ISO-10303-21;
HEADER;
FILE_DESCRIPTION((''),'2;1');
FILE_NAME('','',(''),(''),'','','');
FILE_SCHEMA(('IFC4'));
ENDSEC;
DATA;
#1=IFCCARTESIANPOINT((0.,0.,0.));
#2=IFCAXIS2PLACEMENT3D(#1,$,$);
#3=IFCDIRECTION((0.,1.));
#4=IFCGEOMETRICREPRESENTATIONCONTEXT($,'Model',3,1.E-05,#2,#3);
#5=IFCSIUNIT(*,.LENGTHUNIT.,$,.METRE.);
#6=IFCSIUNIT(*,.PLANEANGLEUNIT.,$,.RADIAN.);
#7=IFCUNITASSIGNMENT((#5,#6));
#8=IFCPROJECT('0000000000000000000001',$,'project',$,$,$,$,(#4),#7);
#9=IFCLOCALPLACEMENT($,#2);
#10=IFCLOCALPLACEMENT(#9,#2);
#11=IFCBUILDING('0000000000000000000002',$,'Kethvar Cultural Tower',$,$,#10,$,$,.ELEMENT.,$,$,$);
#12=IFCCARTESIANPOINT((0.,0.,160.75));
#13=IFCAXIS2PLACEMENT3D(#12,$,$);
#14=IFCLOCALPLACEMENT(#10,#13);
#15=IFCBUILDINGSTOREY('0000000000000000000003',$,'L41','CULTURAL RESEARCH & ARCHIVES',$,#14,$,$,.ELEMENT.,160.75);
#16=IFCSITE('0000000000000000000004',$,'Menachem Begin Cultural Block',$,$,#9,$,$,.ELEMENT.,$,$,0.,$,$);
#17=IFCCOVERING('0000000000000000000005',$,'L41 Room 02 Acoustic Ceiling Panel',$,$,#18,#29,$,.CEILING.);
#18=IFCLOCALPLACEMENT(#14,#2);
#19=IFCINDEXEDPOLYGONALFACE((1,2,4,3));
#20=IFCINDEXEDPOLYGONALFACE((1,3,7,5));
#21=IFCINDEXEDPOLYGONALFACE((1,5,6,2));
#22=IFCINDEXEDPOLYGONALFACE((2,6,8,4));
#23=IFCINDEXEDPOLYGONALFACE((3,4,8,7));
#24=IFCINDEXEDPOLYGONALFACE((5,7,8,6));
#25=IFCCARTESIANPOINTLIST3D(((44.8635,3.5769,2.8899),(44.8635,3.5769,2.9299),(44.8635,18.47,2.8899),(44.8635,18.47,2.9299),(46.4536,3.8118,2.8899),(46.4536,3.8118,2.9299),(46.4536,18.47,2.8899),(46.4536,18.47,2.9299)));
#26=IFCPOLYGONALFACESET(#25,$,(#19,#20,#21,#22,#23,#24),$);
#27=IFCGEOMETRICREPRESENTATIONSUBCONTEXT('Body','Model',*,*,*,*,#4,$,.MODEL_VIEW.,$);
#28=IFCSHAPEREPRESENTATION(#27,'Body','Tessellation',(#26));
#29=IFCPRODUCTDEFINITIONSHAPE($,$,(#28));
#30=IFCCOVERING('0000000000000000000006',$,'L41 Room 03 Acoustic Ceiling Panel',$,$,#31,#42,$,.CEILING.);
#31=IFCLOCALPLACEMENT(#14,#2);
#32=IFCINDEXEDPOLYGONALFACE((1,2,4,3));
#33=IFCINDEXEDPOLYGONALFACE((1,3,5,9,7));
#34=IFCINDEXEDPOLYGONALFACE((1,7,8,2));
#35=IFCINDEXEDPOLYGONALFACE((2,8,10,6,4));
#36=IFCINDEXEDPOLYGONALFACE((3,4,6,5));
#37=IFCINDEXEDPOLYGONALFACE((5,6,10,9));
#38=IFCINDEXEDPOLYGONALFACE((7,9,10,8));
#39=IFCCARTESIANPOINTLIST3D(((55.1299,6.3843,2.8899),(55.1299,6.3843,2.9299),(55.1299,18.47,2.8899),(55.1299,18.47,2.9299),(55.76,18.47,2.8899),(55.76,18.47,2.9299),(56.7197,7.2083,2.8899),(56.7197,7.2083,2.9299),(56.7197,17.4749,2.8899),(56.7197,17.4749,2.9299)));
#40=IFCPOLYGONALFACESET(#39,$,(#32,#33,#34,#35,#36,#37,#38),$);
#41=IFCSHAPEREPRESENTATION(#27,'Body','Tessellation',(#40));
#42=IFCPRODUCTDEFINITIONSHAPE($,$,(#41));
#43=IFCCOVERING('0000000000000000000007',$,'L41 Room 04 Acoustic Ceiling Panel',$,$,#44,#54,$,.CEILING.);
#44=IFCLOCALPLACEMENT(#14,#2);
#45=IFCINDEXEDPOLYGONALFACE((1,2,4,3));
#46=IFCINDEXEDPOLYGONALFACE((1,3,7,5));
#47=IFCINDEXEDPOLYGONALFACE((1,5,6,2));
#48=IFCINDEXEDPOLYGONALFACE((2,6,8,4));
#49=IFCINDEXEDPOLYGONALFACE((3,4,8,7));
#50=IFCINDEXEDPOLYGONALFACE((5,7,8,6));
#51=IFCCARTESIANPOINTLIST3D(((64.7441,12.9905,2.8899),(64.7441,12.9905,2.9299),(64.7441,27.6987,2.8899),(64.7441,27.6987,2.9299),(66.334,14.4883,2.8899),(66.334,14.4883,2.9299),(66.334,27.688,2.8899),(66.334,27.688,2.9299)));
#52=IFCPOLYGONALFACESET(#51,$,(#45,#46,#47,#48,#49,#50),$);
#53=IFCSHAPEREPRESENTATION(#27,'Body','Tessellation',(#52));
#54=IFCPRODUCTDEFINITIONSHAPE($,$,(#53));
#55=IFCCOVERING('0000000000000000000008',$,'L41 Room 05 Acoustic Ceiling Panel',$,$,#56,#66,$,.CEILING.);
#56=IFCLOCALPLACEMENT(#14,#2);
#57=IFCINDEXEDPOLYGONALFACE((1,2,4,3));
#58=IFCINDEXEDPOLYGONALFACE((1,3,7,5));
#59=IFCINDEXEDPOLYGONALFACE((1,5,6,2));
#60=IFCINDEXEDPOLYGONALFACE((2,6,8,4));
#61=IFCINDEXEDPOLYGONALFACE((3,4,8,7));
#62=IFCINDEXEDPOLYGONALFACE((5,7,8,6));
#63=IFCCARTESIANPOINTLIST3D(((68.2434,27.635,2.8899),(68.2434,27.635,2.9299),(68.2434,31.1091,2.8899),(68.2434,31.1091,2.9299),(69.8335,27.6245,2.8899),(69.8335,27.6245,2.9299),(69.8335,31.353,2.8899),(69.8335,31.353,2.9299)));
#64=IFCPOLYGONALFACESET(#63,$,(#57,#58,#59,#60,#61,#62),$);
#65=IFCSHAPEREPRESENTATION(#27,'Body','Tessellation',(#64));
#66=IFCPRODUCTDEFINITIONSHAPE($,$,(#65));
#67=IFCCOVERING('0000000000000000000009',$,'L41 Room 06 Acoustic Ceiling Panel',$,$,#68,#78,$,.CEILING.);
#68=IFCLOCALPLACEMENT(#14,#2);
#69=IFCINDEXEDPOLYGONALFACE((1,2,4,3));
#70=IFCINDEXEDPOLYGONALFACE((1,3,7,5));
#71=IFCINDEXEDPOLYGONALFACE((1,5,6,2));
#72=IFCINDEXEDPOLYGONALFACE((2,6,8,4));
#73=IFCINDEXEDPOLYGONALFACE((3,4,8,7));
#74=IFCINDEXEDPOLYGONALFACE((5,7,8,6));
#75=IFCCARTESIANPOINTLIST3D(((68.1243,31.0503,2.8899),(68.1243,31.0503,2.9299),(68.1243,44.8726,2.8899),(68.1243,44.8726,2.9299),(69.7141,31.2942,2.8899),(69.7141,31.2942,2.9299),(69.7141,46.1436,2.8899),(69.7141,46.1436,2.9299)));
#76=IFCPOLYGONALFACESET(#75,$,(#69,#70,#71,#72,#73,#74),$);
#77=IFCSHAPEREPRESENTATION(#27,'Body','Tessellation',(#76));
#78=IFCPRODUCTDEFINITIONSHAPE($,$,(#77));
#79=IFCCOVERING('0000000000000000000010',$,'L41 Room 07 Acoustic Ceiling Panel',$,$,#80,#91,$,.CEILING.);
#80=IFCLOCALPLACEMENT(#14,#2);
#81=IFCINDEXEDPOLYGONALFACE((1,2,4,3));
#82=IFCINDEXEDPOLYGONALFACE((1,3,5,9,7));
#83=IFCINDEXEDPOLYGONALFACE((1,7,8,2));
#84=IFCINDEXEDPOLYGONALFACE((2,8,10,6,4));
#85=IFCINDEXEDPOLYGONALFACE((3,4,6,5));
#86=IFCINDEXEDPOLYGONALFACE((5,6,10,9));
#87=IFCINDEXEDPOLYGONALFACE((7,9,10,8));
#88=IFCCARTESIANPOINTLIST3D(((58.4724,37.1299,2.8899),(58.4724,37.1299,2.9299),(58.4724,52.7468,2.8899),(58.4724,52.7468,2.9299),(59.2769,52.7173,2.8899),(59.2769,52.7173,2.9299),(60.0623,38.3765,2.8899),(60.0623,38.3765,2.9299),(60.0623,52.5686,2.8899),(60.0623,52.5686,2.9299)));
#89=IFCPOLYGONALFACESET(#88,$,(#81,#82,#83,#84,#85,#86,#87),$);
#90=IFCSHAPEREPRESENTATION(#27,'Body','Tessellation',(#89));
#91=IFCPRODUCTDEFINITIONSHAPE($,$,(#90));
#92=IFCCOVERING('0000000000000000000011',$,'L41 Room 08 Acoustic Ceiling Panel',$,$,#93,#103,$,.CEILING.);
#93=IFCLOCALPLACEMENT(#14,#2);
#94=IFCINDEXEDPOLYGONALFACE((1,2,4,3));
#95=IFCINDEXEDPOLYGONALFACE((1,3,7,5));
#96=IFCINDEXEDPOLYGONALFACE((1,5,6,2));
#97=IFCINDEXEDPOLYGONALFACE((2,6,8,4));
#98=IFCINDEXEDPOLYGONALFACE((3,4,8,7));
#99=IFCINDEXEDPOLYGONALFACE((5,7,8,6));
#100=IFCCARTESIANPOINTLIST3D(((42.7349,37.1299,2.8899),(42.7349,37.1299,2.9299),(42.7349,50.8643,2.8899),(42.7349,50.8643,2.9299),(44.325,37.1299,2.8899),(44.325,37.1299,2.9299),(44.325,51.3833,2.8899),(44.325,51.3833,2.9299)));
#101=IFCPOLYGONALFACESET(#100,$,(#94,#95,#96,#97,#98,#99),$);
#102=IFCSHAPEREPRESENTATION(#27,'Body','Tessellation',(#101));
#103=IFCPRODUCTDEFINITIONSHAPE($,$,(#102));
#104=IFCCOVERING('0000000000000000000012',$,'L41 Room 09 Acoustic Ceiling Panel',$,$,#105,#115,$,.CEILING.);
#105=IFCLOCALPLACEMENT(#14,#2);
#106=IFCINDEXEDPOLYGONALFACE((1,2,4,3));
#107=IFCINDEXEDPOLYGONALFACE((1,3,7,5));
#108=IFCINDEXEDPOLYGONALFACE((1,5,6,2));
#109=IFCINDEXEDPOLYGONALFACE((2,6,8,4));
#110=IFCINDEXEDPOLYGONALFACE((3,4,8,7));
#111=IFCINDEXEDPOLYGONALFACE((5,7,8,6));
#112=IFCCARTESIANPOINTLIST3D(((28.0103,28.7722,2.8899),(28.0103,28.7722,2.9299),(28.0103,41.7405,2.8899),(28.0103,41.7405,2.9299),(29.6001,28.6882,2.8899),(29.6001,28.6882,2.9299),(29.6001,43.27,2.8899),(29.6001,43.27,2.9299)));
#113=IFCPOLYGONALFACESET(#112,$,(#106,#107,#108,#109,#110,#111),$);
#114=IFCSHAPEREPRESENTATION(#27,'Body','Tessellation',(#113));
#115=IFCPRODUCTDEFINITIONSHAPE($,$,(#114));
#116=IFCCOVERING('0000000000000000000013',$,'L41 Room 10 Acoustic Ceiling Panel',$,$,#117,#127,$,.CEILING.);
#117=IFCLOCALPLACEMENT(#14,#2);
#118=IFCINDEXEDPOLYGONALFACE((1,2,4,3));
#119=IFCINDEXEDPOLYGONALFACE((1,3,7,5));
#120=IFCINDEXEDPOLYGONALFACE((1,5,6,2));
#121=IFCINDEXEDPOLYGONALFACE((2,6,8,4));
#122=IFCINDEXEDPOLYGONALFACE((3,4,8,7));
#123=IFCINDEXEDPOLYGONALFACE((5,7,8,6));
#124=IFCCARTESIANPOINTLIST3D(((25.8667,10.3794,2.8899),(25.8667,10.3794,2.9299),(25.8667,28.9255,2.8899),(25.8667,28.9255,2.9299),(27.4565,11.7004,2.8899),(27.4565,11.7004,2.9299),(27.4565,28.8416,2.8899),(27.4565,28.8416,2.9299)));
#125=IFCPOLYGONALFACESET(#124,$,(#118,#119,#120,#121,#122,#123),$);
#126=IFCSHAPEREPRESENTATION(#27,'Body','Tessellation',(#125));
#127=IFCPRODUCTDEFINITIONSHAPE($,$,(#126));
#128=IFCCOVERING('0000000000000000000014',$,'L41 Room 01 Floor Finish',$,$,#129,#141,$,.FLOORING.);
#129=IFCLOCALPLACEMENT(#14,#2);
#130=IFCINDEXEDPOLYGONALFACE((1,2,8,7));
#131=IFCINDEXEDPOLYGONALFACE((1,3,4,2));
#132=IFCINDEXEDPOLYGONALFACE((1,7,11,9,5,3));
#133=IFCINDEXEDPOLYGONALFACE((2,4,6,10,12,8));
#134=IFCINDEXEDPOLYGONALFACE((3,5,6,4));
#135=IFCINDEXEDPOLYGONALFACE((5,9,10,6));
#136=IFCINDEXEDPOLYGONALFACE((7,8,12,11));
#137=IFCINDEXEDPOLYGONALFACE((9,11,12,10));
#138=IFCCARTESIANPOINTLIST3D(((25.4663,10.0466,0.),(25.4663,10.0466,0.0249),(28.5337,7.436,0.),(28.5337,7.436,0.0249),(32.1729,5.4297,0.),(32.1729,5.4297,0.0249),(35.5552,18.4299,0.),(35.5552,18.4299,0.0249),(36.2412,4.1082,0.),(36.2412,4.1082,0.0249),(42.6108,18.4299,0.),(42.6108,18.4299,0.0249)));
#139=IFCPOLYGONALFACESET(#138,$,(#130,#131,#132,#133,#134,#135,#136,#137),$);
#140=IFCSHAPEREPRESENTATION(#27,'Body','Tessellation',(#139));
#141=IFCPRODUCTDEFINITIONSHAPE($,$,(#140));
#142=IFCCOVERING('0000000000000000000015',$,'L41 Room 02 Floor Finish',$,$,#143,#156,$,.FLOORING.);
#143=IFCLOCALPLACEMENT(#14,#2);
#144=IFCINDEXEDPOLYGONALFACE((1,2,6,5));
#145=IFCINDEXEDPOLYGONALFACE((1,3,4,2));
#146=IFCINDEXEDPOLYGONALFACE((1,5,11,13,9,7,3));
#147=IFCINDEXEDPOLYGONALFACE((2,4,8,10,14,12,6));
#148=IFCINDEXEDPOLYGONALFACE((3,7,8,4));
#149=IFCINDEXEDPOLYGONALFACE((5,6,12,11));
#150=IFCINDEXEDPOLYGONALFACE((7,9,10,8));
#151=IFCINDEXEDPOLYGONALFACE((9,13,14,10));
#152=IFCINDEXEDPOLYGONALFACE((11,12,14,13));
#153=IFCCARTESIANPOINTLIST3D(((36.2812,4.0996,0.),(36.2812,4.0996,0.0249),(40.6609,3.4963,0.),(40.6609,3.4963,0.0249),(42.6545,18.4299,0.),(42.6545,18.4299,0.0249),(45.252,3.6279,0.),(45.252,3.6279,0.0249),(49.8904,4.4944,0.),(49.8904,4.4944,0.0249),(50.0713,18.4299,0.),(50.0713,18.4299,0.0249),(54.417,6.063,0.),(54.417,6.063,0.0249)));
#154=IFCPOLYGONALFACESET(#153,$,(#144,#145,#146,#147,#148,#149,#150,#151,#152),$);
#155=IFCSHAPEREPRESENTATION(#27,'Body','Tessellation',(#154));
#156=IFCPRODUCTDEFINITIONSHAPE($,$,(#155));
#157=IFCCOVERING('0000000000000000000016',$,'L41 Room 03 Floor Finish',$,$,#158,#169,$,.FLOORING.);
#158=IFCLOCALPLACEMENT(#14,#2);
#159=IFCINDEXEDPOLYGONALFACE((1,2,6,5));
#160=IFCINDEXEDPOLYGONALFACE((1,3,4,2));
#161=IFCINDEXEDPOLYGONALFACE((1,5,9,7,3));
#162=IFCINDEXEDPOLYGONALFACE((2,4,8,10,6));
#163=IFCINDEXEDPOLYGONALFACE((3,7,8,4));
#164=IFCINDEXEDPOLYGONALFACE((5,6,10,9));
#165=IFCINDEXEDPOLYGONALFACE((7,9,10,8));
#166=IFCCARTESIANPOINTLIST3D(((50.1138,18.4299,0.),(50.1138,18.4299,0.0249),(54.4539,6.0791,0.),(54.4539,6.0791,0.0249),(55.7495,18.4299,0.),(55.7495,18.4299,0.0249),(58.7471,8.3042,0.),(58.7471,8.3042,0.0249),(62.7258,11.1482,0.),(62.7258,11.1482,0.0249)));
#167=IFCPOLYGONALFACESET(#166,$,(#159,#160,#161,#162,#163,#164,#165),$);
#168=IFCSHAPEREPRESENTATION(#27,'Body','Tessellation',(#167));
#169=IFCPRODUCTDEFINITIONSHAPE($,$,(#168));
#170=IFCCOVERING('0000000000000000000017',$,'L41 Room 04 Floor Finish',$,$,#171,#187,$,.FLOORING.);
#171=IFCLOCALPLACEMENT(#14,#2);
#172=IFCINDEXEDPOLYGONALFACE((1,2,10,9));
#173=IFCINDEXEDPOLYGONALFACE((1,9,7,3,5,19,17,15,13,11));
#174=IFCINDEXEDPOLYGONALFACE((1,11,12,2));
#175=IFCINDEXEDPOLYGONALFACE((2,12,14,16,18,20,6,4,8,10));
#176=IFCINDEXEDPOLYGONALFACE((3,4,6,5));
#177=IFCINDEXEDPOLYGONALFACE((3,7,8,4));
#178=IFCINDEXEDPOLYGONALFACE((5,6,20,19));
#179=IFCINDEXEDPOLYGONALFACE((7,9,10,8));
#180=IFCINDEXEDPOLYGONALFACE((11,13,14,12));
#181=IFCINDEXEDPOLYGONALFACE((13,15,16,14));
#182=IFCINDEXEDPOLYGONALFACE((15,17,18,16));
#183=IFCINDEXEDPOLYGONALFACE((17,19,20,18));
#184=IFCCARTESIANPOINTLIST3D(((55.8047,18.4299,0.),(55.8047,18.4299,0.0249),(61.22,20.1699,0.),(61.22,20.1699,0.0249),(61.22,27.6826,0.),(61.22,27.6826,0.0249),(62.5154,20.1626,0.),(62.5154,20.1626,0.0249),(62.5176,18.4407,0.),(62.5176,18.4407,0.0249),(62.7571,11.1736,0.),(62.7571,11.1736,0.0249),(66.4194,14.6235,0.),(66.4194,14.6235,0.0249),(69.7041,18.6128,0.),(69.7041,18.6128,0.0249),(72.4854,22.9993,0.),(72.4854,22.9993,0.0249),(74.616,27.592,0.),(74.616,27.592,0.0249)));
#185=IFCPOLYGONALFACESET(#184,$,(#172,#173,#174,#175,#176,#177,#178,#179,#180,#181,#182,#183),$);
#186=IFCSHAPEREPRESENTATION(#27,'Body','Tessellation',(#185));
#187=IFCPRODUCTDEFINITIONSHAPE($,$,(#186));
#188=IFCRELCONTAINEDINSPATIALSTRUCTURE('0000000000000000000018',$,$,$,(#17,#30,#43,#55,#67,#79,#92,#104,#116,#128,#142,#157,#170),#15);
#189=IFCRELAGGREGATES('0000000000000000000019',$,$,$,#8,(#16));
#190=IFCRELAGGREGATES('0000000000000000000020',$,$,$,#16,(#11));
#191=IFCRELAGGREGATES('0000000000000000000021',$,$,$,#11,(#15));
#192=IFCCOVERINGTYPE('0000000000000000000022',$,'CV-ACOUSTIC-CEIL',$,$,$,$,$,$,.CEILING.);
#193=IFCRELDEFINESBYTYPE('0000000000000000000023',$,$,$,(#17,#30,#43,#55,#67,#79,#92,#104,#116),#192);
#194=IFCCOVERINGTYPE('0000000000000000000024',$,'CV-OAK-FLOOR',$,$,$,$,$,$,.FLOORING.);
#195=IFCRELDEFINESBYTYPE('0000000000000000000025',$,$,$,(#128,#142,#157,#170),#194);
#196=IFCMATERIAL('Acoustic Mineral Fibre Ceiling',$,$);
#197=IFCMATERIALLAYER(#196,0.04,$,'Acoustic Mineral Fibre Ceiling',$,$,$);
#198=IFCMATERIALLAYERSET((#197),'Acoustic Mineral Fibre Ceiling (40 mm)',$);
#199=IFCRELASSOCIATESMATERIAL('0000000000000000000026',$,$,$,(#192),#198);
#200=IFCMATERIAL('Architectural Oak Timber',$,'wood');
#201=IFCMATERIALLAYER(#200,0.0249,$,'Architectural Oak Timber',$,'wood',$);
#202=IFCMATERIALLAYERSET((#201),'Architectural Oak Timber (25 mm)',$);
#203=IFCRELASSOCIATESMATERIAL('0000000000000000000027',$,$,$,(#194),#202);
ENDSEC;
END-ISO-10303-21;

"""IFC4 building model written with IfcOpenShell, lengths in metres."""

from ifc_helpers import new_model, si_unit, direction, frame, origin, place, context, subcontext, project, spatial, polyline, outline, extrude, material, layer, layer_set, type_object, element, save


model = new_model("IFC4")

# Units and contexts
model_context = context("Model", 3, precision=1e-05, world=origin(), true_north=direction((0.0, 1.0)))
body_context = subcontext(model_context, "Body", "Model", "MODEL_VIEW")
ifc_project = project(units=[si_unit("LENGTHUNIT", "METRE"), si_unit("PLANEANGLEUNIT", "RADIAN")], contexts=[model_context])

# Site, building, storey
site_placement = place(None, origin())
site = spatial("IfcSite", under=ifc_project, at=site_placement, Name="Menachem Begin Cultural Block", CompositionType="ELEMENT", RefElevation=0.0)
building_placement = place(site_placement, origin())
building = spatial("IfcBuilding", under=site, at=building_placement, Name="Kethvar Cultural Tower", CompositionType="ELEMENT")
storey_placement = place(building_placement, frame((0.0, 0.0, 160.75)))
storey = spatial("IfcBuildingStorey", under=building, at=storey_placement, Name="L41", Description="CULTURAL RESEARCH & ARCHIVES", CompositionType="ELEMENT", Elevation=160.75)

# Coverings
ifc_material_1 = material(Name="Acoustic Mineral Fibre Ceiling")
ifc_layer_1 = layer(ifc_material_1, 0.04, Name="Acoustic Mineral Fibre Ceiling")
ifc_layer_set_1 = layer_set([ifc_layer_1], Name="Acoustic Mineral Fibre Ceiling (40 mm)")
covering_type_1 = type_object("IfcCoveringType", Name="CV-ACOUSTIC-CEIL", PredefinedType="CEILING", material=ifc_layer_set_1)
covering_1_placement = place(storey_placement, frame((0.0, 0.0, 2.8899)))
element("IfcCovering", 1, at=covering_1_placement, inside=storey, type_object=covering_type_1, Name="L41 Room 02 Acoustic Ceiling Panel", PredefinedType="CEILING", context=body_context, shape_type="SweptSolid", body=[
    extrude(outline(polyline([(46.4536, 3.8118), (44.8635, 3.5769), (44.8635, 18.47), (46.4536, 18.47), (46.4536, 3.8118)])), origin(), (0.0, 0.0, 1.0), 0.04),
])
covering_2_placement = place(storey_placement, frame((0.0, 0.0, 2.8899)))
element("IfcCovering", 2, at=covering_2_placement, inside=storey, type_object=covering_type_1, Name="L41 Room 03 Acoustic Ceiling Panel", PredefinedType="CEILING", context=body_context, shape_type="SweptSolid", body=[
    extrude(outline(polyline([(55.1299, 6.3843), (55.1299, 18.47), (55.76, 18.47), (56.7197, 17.4749), (56.7197, 7.2083), (55.1299, 6.3843)])), origin(), (0.0, 0.0, 1.0), 0.04),
])
covering_3_placement = place(storey_placement, frame((0.0, 0.0, 2.8899)))
element("IfcCovering", 3, at=covering_3_placement, inside=storey, type_object=covering_type_1, Name="L41 Room 04 Acoustic Ceiling Panel", PredefinedType="CEILING", context=body_context, shape_type="SweptSolid", body=[
    extrude(outline(polyline([(64.7441, 12.9905), (64.7441, 27.6987), (66.334, 27.688), (66.334, 14.4883), (64.7441, 12.9905)])), origin(), (0.0, 0.0, 1.0), 0.04),
])
covering_4_placement = place(storey_placement, frame((0.0, 0.0, 2.8899)))
element("IfcCovering", 4, at=covering_4_placement, inside=storey, type_object=covering_type_1, Name="L41 Room 05 Acoustic Ceiling Panel", PredefinedType="CEILING", context=body_context, shape_type="SweptSolid", body=[
    extrude(outline(polyline([(68.2434, 27.635), (68.2434, 31.1091), (69.8335, 31.353), (69.8335, 27.6245), (68.2434, 27.635)])), origin(), (0.0, 0.0, 1.0), 0.04),
])
covering_5_placement = place(storey_placement, frame((0.0, 0.0, 2.8899)))
element("IfcCovering", 5, at=covering_5_placement, inside=storey, type_object=covering_type_1, Name="L41 Room 06 Acoustic Ceiling Panel", PredefinedType="CEILING", context=body_context, shape_type="SweptSolid", body=[
    extrude(outline(polyline([(68.1243, 31.0503), (68.1243, 44.8726), (69.7141, 46.1436), (69.7141, 31.2942), (68.1243, 31.0503)])), origin(), (0.0, 0.0, 1.0), 0.04),
])
covering_6_placement = place(storey_placement, frame((0.0, 0.0, 2.8899)))
element("IfcCovering", 6, at=covering_6_placement, inside=storey, type_object=covering_type_1, Name="L41 Room 07 Acoustic Ceiling Panel", PredefinedType="CEILING", context=body_context, shape_type="SweptSolid", body=[
    extrude(outline(polyline([(59.2769, 52.7173), (60.0623, 52.5686), (60.0623, 38.3765), (58.4724, 37.1299), (58.4724, 52.7468), (59.2769, 52.7173)])), origin(), (0.0, 0.0, 1.0), 0.04),
])
covering_7_placement = place(storey_placement, frame((0.0, 0.0, 2.8899)))
element("IfcCovering", 7, at=covering_7_placement, inside=storey, type_object=covering_type_1, Name="L41 Room 08 Acoustic Ceiling Panel", PredefinedType="CEILING", context=body_context, shape_type="SweptSolid", body=[
    extrude(outline(polyline([(42.7349, 50.8643), (44.325, 51.3833), (44.325, 37.1299), (42.7349, 37.1299), (42.7349, 50.8643)])), origin(), (0.0, 0.0, 1.0), 0.04),
])
covering_8_placement = place(storey_placement, frame((0.0, 0.0, 2.8899)))
element("IfcCovering", 8, at=covering_8_placement, inside=storey, type_object=covering_type_1, Name="L41 Room 09 Acoustic Ceiling Panel", PredefinedType="CEILING", context=body_context, shape_type="SweptSolid", body=[
    extrude(outline(polyline([(29.6001, 43.27), (29.6001, 28.6882), (28.0103, 28.7722), (28.0103, 41.7405), (29.6001, 43.27)])), origin(), (0.0, 0.0, 1.0), 0.04),
])
covering_9_placement = place(storey_placement, frame((0.0, 0.0, 2.8899)))
element("IfcCovering", 9, at=covering_9_placement, inside=storey, type_object=covering_type_1, Name="L41 Room 10 Acoustic Ceiling Panel", PredefinedType="CEILING", context=body_context, shape_type="SweptSolid", body=[
    extrude(outline(polyline([(27.4565, 28.8416), (27.4565, 11.7004), (25.8667, 10.3794), (25.8667, 28.9255), (27.4565, 28.8416)])), origin(), (0.0, 0.0, 1.0), 0.04),
])
ifc_material_2 = material(Name="Architectural Oak Timber", Category="wood")
ifc_layer_2 = layer(ifc_material_2, 0.0249, Name="Architectural Oak Timber", Category="wood")
ifc_layer_set_2 = layer_set([ifc_layer_2], Name="Architectural Oak Timber (25 mm)")
covering_type_2 = type_object("IfcCoveringType", Name="CV-OAK-FLOOR", PredefinedType="FLOORING", material=ifc_layer_set_2)
covering_10_placement = place(storey_placement, origin())
element("IfcCovering", 10, at=covering_10_placement, inside=storey, type_object=covering_type_2, Name="L41 Room 01 Floor Finish", PredefinedType="FLOORING", context=body_context, shape_type="SweptSolid", body=[
    extrude(outline(polyline([(32.1729, 5.4297), (28.5337, 7.436), (25.4663, 10.0466), (35.5552, 18.4299), (42.6108, 18.4299), (36.2412, 4.1082), (32.1729, 5.4297)])), origin(), (0.0, 0.0, 1.0), 0.0249),
])
covering_11_placement = place(storey_placement, origin())
element("IfcCovering", 11, at=covering_11_placement, inside=storey, type_object=covering_type_2, Name="L41 Room 02 Floor Finish", PredefinedType="FLOORING", context=body_context, shape_type="SweptSolid", body=[
    extrude(outline(polyline([(54.417, 6.063), (49.8904, 4.4944), (45.252, 3.6279), (40.6609, 3.4963), (36.2812, 4.0996), (42.6545, 18.4299), (50.0713, 18.4299), (54.417, 6.063)])), origin(), (0.0, 0.0, 1.0), 0.0249),
])
covering_12_placement = place(storey_placement, origin())
element("IfcCovering", 12, at=covering_12_placement, inside=storey, type_object=covering_type_2, Name="L41 Room 03 Floor Finish", PredefinedType="FLOORING", context=body_context, shape_type="SweptSolid", body=[
    extrude(outline(polyline([(62.7258, 11.1482), (58.7471, 8.3042), (54.4539, 6.0791), (50.1138, 18.4299), (55.7495, 18.4299), (62.7258, 11.1482)])), origin(), (0.0, 0.0, 1.0), 0.0249),
])
covering_13_placement = place(storey_placement, origin())
element("IfcCovering", 13, at=covering_13_placement, inside=storey, type_object=covering_type_2, Name="L41 Room 04 Floor Finish", PredefinedType="FLOORING", context=body_context, shape_type="SweptSolid", body=[
    extrude(outline(polyline([(72.4854, 22.9993), (69.7041, 18.6128), (66.4194, 14.6235), (62.7571, 11.1736), (55.8047, 18.4299), (62.5176, 18.4407), (62.5154, 20.1626), (61.22, 20.1699), (61.22, 27.6826), (74.616, 27.592), (72.4854, 22.9993)])), origin(), (0.0, 0.0, 1.0), 0.0249),
])

save(model, "model.ifc")
